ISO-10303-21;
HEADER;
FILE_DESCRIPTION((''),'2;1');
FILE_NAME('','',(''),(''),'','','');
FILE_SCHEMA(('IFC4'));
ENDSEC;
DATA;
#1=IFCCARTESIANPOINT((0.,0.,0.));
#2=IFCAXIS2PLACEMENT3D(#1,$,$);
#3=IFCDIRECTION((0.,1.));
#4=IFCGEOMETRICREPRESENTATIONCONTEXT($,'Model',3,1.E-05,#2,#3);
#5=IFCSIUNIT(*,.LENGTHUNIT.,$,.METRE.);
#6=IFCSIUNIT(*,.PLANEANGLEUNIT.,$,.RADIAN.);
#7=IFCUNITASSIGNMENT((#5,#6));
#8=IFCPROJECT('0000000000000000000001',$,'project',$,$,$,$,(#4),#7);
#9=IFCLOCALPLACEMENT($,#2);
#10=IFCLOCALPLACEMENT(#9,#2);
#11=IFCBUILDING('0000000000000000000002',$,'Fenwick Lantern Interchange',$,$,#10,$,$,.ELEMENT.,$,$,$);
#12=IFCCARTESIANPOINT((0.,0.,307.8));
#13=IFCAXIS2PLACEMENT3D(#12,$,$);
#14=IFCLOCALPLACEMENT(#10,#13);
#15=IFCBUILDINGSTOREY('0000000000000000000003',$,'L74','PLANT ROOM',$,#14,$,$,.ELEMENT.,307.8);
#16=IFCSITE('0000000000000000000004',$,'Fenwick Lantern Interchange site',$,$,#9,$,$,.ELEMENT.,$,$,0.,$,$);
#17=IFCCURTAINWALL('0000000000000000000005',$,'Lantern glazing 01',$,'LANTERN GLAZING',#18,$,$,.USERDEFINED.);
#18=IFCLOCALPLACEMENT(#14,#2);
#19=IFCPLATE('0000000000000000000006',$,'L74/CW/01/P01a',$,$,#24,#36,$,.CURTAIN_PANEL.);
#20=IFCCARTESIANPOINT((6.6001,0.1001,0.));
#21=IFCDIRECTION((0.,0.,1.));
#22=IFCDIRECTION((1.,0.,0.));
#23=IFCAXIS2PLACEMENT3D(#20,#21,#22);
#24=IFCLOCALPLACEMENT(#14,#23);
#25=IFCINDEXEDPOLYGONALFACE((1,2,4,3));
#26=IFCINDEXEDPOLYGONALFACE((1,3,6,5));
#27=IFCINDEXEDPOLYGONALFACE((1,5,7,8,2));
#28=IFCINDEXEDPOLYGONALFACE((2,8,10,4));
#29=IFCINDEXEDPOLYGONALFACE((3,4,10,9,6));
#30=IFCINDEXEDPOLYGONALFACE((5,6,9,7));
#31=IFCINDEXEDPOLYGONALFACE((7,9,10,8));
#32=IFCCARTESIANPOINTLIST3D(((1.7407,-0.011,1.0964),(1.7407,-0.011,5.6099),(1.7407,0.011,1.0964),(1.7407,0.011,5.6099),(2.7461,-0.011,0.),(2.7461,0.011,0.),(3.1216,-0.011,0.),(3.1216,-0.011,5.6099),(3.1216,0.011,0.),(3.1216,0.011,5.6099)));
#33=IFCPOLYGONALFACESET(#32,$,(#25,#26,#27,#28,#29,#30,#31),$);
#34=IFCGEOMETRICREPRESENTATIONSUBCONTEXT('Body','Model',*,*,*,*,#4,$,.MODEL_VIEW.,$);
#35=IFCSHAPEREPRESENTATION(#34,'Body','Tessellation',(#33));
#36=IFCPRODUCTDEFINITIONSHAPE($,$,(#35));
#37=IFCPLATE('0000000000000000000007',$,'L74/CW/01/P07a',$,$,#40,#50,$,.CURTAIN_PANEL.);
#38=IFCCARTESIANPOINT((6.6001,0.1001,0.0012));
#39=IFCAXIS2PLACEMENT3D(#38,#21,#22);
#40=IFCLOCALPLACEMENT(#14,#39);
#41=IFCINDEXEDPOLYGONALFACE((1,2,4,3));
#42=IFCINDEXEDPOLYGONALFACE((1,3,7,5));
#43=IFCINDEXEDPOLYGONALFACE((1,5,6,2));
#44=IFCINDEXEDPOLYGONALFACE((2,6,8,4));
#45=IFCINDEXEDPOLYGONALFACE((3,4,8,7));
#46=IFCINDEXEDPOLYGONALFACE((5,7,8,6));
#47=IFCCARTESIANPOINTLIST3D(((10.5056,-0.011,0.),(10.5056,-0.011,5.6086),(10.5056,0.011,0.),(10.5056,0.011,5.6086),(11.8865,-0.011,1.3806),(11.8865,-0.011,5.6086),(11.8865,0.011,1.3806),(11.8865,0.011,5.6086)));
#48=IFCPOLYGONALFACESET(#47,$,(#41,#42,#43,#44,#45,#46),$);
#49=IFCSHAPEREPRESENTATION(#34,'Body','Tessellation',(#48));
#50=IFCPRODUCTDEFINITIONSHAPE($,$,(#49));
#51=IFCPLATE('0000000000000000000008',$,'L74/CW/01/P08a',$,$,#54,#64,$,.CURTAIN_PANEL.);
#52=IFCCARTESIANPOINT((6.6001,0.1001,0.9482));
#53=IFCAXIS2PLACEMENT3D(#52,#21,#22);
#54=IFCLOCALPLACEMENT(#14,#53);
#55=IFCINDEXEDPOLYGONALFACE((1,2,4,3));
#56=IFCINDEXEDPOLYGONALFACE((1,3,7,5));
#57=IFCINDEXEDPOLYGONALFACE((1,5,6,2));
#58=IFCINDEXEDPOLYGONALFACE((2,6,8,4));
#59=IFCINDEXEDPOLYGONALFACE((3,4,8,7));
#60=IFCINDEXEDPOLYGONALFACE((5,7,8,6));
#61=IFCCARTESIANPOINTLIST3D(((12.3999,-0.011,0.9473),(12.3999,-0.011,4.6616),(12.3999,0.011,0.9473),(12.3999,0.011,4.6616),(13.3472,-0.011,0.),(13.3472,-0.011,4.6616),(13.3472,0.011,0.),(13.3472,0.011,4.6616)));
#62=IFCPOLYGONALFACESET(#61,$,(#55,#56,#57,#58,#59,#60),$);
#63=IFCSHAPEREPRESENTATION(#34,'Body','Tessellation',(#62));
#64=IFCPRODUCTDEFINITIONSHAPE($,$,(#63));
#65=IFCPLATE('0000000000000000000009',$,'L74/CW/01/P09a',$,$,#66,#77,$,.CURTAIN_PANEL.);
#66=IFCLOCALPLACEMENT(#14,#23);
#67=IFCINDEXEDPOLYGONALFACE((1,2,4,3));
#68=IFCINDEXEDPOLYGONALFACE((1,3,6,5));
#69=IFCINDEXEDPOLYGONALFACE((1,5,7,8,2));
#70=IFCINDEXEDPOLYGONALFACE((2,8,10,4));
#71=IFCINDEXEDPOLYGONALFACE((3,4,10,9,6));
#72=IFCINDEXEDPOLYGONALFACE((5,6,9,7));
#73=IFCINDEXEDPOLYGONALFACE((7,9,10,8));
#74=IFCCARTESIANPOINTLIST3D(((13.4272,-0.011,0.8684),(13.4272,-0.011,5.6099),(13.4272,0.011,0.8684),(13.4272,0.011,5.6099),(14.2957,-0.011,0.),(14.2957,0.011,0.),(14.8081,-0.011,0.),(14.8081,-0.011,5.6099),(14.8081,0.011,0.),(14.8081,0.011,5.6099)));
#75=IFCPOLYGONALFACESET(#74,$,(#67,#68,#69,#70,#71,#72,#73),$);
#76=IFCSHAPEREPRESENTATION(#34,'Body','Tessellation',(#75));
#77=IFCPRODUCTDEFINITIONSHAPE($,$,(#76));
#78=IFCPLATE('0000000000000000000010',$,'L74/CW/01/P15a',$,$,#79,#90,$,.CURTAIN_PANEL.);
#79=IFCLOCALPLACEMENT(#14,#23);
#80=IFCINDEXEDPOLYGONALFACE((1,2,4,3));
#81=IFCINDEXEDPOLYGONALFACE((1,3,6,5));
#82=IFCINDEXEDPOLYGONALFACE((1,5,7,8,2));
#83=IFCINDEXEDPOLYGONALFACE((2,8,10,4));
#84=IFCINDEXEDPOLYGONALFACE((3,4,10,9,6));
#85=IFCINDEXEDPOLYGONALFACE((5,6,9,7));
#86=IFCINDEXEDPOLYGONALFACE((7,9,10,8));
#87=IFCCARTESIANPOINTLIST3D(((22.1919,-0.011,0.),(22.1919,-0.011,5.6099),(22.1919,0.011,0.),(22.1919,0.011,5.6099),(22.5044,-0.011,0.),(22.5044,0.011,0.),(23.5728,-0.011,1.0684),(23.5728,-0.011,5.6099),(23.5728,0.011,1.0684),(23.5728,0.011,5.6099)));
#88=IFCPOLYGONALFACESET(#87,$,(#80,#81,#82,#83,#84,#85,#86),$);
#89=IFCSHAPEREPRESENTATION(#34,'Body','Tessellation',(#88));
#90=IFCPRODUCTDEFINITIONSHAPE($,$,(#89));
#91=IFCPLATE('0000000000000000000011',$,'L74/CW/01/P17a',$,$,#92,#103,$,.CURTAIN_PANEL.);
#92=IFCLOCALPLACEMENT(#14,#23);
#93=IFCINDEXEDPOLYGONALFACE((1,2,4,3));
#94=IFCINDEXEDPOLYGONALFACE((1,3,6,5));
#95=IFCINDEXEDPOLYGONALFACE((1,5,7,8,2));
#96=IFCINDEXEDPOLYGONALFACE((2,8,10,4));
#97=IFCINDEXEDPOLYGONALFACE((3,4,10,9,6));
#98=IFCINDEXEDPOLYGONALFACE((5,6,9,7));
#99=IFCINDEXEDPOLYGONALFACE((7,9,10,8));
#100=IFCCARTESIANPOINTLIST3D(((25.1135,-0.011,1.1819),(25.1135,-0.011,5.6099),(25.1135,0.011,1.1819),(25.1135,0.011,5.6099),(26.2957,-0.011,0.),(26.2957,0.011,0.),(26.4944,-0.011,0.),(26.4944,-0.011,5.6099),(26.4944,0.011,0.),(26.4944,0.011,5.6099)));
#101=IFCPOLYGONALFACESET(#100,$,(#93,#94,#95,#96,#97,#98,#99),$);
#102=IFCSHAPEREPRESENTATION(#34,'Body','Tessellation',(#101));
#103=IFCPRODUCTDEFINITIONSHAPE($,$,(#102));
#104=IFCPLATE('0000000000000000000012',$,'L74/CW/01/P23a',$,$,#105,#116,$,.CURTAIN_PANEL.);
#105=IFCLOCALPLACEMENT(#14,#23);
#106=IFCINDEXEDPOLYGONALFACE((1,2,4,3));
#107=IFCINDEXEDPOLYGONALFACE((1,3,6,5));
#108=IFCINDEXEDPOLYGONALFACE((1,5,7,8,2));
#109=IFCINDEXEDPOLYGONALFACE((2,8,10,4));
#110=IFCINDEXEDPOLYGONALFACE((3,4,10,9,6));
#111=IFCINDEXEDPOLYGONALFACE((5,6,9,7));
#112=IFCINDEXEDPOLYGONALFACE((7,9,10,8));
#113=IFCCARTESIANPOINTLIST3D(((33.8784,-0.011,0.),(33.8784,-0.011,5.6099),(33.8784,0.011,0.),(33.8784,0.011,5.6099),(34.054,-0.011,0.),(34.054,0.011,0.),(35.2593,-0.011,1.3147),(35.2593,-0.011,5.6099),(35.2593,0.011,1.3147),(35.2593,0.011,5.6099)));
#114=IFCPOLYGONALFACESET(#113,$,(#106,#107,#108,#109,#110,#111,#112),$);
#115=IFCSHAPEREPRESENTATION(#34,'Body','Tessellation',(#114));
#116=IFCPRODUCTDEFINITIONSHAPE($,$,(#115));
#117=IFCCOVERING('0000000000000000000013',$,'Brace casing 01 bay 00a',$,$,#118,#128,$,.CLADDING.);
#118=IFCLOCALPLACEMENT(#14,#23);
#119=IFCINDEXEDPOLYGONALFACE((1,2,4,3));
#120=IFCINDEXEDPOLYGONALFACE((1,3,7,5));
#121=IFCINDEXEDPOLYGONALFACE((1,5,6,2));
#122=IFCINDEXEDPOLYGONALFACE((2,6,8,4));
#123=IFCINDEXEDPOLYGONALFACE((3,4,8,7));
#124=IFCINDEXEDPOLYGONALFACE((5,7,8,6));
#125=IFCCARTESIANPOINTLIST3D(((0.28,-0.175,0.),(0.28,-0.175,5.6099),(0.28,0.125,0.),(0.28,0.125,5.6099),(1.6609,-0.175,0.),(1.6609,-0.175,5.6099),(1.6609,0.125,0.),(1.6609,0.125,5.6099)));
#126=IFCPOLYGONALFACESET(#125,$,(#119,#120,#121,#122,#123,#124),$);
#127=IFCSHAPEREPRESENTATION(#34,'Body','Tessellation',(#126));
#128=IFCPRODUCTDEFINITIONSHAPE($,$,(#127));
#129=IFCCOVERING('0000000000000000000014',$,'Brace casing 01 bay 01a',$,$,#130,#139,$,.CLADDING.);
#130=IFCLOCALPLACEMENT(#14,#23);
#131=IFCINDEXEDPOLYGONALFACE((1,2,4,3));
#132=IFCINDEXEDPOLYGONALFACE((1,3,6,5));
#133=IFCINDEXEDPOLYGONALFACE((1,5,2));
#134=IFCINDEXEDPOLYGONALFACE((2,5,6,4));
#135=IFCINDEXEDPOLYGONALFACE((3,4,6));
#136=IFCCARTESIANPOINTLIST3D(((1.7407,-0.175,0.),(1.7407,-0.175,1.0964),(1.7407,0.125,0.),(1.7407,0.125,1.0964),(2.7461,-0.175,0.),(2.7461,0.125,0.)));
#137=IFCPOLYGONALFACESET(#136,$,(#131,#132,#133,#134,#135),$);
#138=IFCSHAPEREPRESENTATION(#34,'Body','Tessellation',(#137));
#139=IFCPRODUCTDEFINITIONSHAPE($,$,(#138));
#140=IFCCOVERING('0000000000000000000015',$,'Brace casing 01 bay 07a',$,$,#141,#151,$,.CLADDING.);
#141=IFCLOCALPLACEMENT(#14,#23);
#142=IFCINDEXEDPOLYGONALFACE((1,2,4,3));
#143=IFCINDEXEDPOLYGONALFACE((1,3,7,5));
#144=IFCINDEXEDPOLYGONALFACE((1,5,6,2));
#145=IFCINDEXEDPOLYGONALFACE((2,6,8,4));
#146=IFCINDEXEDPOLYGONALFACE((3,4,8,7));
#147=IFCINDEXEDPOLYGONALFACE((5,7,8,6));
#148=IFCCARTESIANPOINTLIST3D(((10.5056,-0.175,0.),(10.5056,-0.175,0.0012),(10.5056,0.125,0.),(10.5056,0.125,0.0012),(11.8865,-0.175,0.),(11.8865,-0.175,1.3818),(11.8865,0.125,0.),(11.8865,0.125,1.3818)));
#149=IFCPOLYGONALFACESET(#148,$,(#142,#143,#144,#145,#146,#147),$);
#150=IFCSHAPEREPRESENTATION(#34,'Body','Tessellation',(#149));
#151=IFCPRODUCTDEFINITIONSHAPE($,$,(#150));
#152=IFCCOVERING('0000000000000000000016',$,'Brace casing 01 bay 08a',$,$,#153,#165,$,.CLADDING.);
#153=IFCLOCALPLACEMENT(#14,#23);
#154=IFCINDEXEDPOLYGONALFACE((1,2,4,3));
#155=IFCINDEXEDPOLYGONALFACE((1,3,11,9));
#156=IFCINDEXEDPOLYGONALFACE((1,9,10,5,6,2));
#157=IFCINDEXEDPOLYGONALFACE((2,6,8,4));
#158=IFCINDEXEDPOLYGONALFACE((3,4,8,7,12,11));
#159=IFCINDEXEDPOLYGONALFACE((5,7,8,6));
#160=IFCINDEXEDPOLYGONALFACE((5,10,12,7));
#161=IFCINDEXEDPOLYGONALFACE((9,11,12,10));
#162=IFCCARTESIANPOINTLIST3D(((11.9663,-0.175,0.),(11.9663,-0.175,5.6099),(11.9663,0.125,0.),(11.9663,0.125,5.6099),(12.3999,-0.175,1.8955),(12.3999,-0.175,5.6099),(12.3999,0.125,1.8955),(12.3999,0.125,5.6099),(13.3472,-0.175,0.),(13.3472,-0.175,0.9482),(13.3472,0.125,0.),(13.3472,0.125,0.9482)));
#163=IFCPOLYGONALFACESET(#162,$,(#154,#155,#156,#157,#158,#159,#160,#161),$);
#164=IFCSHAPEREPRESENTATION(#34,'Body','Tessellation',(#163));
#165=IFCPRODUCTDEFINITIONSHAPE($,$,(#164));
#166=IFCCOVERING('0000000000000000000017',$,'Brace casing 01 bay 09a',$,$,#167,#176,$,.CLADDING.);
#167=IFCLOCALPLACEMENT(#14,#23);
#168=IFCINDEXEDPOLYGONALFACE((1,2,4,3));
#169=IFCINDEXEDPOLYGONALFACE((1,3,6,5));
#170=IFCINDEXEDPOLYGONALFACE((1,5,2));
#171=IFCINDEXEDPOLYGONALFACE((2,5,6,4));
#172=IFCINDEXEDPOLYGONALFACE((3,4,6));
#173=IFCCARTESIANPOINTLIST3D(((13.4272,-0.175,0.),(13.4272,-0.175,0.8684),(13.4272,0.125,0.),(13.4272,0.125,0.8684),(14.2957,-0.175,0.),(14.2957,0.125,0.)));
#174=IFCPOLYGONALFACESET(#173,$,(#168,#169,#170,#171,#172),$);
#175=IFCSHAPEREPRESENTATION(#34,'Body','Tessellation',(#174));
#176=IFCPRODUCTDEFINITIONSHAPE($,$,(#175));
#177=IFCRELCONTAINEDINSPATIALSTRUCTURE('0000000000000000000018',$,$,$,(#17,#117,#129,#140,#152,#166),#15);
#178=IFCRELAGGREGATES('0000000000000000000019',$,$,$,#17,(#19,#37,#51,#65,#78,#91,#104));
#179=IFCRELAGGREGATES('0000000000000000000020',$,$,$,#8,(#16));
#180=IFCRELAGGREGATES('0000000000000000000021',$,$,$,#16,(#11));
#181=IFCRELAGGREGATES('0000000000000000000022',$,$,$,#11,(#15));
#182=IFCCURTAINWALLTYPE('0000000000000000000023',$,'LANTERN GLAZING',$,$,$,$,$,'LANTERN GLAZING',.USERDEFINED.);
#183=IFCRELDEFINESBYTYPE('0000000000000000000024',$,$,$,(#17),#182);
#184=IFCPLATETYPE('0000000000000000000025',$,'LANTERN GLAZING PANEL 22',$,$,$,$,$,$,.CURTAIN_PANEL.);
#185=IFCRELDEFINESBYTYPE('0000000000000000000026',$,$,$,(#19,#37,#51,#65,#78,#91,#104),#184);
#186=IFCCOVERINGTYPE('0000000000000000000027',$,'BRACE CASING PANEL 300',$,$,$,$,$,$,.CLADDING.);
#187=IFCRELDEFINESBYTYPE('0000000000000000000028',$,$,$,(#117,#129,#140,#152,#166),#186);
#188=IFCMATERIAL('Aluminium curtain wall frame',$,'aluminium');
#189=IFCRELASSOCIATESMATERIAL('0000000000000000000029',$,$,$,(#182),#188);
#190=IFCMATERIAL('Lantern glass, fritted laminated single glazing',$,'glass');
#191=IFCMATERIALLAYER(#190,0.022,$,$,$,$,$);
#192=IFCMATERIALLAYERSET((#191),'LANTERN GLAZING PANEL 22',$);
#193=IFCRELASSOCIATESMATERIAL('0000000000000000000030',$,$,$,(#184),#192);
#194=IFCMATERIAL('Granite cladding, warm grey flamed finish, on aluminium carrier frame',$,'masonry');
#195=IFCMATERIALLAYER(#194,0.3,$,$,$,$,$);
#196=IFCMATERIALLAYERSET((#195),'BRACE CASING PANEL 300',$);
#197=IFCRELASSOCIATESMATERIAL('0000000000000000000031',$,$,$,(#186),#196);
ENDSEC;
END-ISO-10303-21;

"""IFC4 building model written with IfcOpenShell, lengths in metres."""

from ifc_helpers import new_model, si_unit, direction, frame, origin, place, context, subcontext, project, spatial, polyline, outline, extrude, material, layer, layer_set, type_object, element, aggregate, save


model = new_model("IFC4")

# Units and contexts
model_context = context("Model", 3, precision=1e-05, world=origin(), true_north=direction((0.0, 1.0)))
body_context = subcontext(model_context, "Body", "Model", "MODEL_VIEW")
ifc_project = project(units=[si_unit("LENGTHUNIT", "METRE"), si_unit("PLANEANGLEUNIT", "RADIAN")], contexts=[model_context])

# Site, building, storey
site_placement = place(None, origin())
site = spatial("IfcSite", under=ifc_project, at=site_placement, Name="Fenwick Lantern Interchange site", CompositionType="ELEMENT", RefElevation=0.0)
building_placement = place(site_placement, origin())
building = spatial("IfcBuilding", under=site, at=building_placement, Name="Fenwick Lantern Interchange", CompositionType="ELEMENT")
storey_placement = place(building_placement, frame((0.0, 0.0, 307.8)))
storey = spatial("IfcBuildingStorey", under=building, at=storey_placement, Name="L74", Description="PLANT ROOM", CompositionType="ELEMENT", Elevation=307.8)

# Shared definitions
ifc_material_1 = material(Name="Aluminium curtain wall frame", Category="aluminium")
curtain_wall_type = type_object("IfcCurtainWallType", Name="LANTERN GLAZING", ElementType="LANTERN GLAZING", PredefinedType="USERDEFINED", material=ifc_material_1)

# Curtain wall, plates
curtain_wall_1_placement = place(storey_placement, origin())
curtain_wall_1 = element("IfcCurtainWall", 1, at=curtain_wall_1_placement, inside=storey, type_object=curtain_wall_type, Name="Lantern glazing 01", ObjectType="LANTERN GLAZING", PredefinedType="USERDEFINED")
ifc_material_2 = material(Name="Lantern glass, fritted laminated single glazing", Category="glass")
ifc_layer_1 = layer(ifc_material_2, 0.022)
ifc_layer_set_1 = layer_set([ifc_layer_1], Name="LANTERN GLAZING PANEL 22")
plate_type = type_object("IfcPlateType", Name="LANTERN GLAZING PANEL 22", PredefinedType="CURTAIN_PANEL", material=ifc_layer_set_1)
plate_1_placement = place(storey_placement, frame((6.6001, 0.1001, 0.0), z_axis=(0.0, 0.0, 1.0), x_axis=(1.0, 0.0, 0.0)))
plate_1 = element("IfcPlate", 2, at=plate_1_placement, type_object=plate_type, Name="L74/CW/01/P01a", PredefinedType="CURTAIN_PANEL", context=body_context, shape_type="SweptSolid", body=[
    extrude(outline(polyline([(2.7461, 0.0), (3.1216, 0.0), (3.1216, 5.6099), (1.7407, 5.6099), (1.7407, 1.0964), (2.7461, 0.0)])), frame((0.0, 0.011, 0.0), z_axis=(0.0, -1.0, 0.0), x_axis=(1.0, 0.0, 0.0)), (0.0, 0.0, 1.0), 0.022),
])
plate_2_placement = place(storey_placement, frame((6.6001, 0.1001, 0.0012), z_axis=(0.0, 0.0, 1.0), x_axis=(1.0, 0.0, 0.0)))
plate_2 = element("IfcPlate", 3, at=plate_2_placement, type_object=plate_type, Name="L74/CW/01/P07a", PredefinedType="CURTAIN_PANEL", context=body_context, shape_type="SweptSolid", body=[
    extrude(outline(polyline([(10.5056, 0.0), (11.8865, 1.3806), (11.8865, 5.6086), (10.5056, 5.6086), (10.5056, 0.0)])), frame((0.0, 0.011, 0.0), z_axis=(0.0, -1.0, 0.0), x_axis=(1.0, 0.0, 0.0)), (0.0, 0.0, 1.0), 0.022),
])
plate_3_placement = place(storey_placement, frame((6.6001, 0.1001, 0.9482), z_axis=(0.0, 0.0, 1.0), x_axis=(1.0, 0.0, 0.0)))
plate_3 = element("IfcPlate", 4, at=plate_3_placement, type_object=plate_type, Name="L74/CW/01/P08a", PredefinedType="CURTAIN_PANEL", context=body_context, shape_type="SweptSolid", body=[
    extrude(outline(polyline([(13.3472, 0.0), (13.3472, 4.6616), (12.3999, 4.6616), (12.3999, 0.9473), (13.3472, 0.0)])), frame((0.0, 0.011, 0.0), z_axis=(0.0, -1.0, 0.0), x_axis=(1.0, 0.0, 0.0)), (0.0, 0.0, 1.0), 0.022),
])
plate_4_placement = place(storey_placement, frame((6.6001, 0.1001, 0.0), z_axis=(0.0, 0.0, 1.0), x_axis=(1.0, 0.0, 0.0)))
plate_4 = element("IfcPlate", 5, at=plate_4_placement, type_object=plate_type, Name="L74/CW/01/P09a", PredefinedType="CURTAIN_PANEL", context=body_context, shape_type="SweptSolid", body=[
    extrude(outline(polyline([(14.2957, 0.0), (14.8081, 0.0), (14.8081, 5.6099), (13.4272, 5.6099), (13.4272, 0.8684), (14.2957, 0.0)])), frame((0.0, 0.011, 0.0), z_axis=(0.0, -1.0, 0.0), x_axis=(1.0, 0.0, 0.0)), (0.0, 0.0, 1.0), 0.022),
])
plate_5_placement = place(storey_placement, frame((6.6001, 0.1001, 0.0), z_axis=(0.0, 0.0, 1.0), x_axis=(1.0, 0.0, 0.0)))
plate_5 = element("IfcPlate", 6, at=plate_5_placement, type_object=plate_type, Name="L74/CW/01/P15a", PredefinedType="CURTAIN_PANEL", context=body_context, shape_type="SweptSolid", body=[
    extrude(outline(polyline([(22.1919, 0.0), (22.5044, 0.0), (23.5728, 1.0684), (23.5728, 5.6099), (22.1919, 5.6099), (22.1919, 0.0)])), frame((0.0, 0.011, 0.0), z_axis=(0.0, -1.0, 0.0), x_axis=(1.0, 0.0, 0.0)), (0.0, 0.0, 1.0), 0.022),
])
plate_6_placement = place(storey_placement, frame((6.6001, 0.1001, 0.0), z_axis=(0.0, 0.0, 1.0), x_axis=(1.0, 0.0, 0.0)))
plate_6 = element("IfcPlate", 7, at=plate_6_placement, type_object=plate_type, Name="L74/CW/01/P17a", PredefinedType="CURTAIN_PANEL", context=body_context, shape_type="SweptSolid", body=[
    extrude(outline(polyline([(26.2957, 0.0), (26.4944, 0.0), (26.4944, 5.6099), (25.1135, 5.6099), (25.1135, 1.1819), (26.2957, 0.0)])), frame((0.0, 0.011, 0.0), z_axis=(0.0, -1.0, 0.0), x_axis=(1.0, 0.0, 0.0)), (0.0, 0.0, 1.0), 0.022),
])
plate_7_placement = place(storey_placement, frame((6.6001, 0.1001, 0.0), z_axis=(0.0, 0.0, 1.0), x_axis=(1.0, 0.0, 0.0)))
plate_7 = element("IfcPlate", 8, at=plate_7_placement, type_object=plate_type, Name="L74/CW/01/P23a", PredefinedType="CURTAIN_PANEL", context=body_context, shape_type="SweptSolid", body=[
    extrude(outline(polyline([(33.8784, 0.0), (34.054, 0.0), (35.2593, 1.3147), (35.2593, 5.6099), (33.8784, 5.6099), (33.8784, 0.0)])), frame((0.0, 0.011, 0.0), z_axis=(0.0, -1.0, 0.0), x_axis=(1.0, 0.0, 0.0)), (0.0, 0.0, 1.0), 0.022),
])
aggregate(curtain_wall_1, [plate_1, plate_2, plate_3, plate_4, plate_5, plate_6, plate_7])

# Coverings
ifc_material_3 = material(Name="Granite cladding, warm grey flamed finish, on aluminium carrier frame", Category="masonry")
ifc_layer_2 = layer(ifc_material_3, 0.3)
ifc_layer_set_2 = layer_set([ifc_layer_2], Name="BRACE CASING PANEL 300")
covering_type = type_object("IfcCoveringType", Name="BRACE CASING PANEL 300", PredefinedType="CLADDING", material=ifc_layer_set_2)
covering_1_placement = place(storey_placement, frame((6.6001, 0.1001, 0.0), z_axis=(0.0, 0.0, 1.0), x_axis=(1.0, 0.0, 0.0)))
element("IfcCovering", 9, at=covering_1_placement, inside=storey, type_object=covering_type, Name="Brace casing 01 bay 00a", PredefinedType="CLADDING", context=body_context, shape_type="SweptSolid", body=[
    extrude(outline(polyline([(0.28, 0.0), (1.6609, 0.0), (1.6609, 5.6099), (0.28, 5.6099), (0.28, 0.0)])), frame((0.0, 0.125, 0.0), z_axis=(0.0, -1.0, 0.0), x_axis=(1.0, 0.0, 0.0)), (0.0, 0.0, 1.0), 0.3),
])
covering_2_placement = place(storey_placement, frame((6.6001, 0.1001, 0.0), z_axis=(0.0, 0.0, 1.0), x_axis=(1.0, 0.0, 0.0)))
element("IfcCovering", 10, at=covering_2_placement, inside=storey, type_object=covering_type, Name="Brace casing 01 bay 01a", PredefinedType="CLADDING", context=body_context, shape_type="SweptSolid", body=[
    extrude(outline(polyline([(1.7407, 0.0), (2.7461, 0.0), (1.7407, 1.0964), (1.7407, 0.0)])), frame((0.0, 0.125, 0.0), z_axis=(0.0, -1.0, 0.0), x_axis=(1.0, 0.0, 0.0)), (0.0, 0.0, 1.0), 0.3),
])
covering_3_placement = place(storey_placement, frame((6.6001, 0.1001, 0.0), z_axis=(0.0, 0.0, 1.0), x_axis=(1.0, 0.0, 0.0)))
element("IfcCovering", 11, at=covering_3_placement, inside=storey, type_object=covering_type, Name="Brace casing 01 bay 07a", PredefinedType="CLADDING", context=body_context, shape_type="SweptSolid", body=[
    extrude(outline(polyline([(10.5056, 0.0), (11.8865, 0.0), (11.8865, 1.3818), (10.5056, 0.0012), (10.5056, 0.0)])), frame((0.0, 0.125, 0.0), z_axis=(0.0, -1.0, 0.0), x_axis=(1.0, 0.0, 0.0)), (0.0, 0.0, 1.0), 0.3),
])
covering_4_placement = place(storey_placement, frame((6.6001, 0.1001, 0.0), z_axis=(0.0, 0.0, 1.0), x_axis=(1.0, 0.0, 0.0)))
element("IfcCovering", 12, at=covering_4_placement, inside=storey, type_object=covering_type, Name="Brace casing 01 bay 08a", PredefinedType="CLADDING", context=body_context, shape_type="SweptSolid", body=[
    extrude(outline(polyline([(11.9663, 0.0), (13.3472, 0.0), (13.3472, 0.9482), (12.3999, 1.8955), (12.3999, 5.6099), (11.9663, 5.6099), (11.9663, 0.0)])), frame((0.0, 0.125, 0.0), z_axis=(0.0, -1.0, 0.0), x_axis=(1.0, 0.0, 0.0)), (0.0, 0.0, 1.0), 0.3),
])
covering_5_placement = place(storey_placement, frame((6.6001, 0.1001, 0.0), z_axis=(0.0, 0.0, 1.0), x_axis=(1.0, 0.0, 0.0)))
element("IfcCovering", 13, at=covering_5_placement, inside=storey, type_object=covering_type, Name="Brace casing 01 bay 09a", PredefinedType="CLADDING", context=body_context, shape_type="SweptSolid", body=[
    extrude(outline(polyline([(13.4272, 0.0), (14.2957, 0.0), (13.4272, 0.8684), (13.4272, 0.0)])), frame((0.0, 0.125, 0.0), z_axis=(0.0, -1.0, 0.0), x_axis=(1.0, 0.0, 0.0)), (0.0, 0.0, 1.0), 0.3),
])

save(model, "model.ifc")
